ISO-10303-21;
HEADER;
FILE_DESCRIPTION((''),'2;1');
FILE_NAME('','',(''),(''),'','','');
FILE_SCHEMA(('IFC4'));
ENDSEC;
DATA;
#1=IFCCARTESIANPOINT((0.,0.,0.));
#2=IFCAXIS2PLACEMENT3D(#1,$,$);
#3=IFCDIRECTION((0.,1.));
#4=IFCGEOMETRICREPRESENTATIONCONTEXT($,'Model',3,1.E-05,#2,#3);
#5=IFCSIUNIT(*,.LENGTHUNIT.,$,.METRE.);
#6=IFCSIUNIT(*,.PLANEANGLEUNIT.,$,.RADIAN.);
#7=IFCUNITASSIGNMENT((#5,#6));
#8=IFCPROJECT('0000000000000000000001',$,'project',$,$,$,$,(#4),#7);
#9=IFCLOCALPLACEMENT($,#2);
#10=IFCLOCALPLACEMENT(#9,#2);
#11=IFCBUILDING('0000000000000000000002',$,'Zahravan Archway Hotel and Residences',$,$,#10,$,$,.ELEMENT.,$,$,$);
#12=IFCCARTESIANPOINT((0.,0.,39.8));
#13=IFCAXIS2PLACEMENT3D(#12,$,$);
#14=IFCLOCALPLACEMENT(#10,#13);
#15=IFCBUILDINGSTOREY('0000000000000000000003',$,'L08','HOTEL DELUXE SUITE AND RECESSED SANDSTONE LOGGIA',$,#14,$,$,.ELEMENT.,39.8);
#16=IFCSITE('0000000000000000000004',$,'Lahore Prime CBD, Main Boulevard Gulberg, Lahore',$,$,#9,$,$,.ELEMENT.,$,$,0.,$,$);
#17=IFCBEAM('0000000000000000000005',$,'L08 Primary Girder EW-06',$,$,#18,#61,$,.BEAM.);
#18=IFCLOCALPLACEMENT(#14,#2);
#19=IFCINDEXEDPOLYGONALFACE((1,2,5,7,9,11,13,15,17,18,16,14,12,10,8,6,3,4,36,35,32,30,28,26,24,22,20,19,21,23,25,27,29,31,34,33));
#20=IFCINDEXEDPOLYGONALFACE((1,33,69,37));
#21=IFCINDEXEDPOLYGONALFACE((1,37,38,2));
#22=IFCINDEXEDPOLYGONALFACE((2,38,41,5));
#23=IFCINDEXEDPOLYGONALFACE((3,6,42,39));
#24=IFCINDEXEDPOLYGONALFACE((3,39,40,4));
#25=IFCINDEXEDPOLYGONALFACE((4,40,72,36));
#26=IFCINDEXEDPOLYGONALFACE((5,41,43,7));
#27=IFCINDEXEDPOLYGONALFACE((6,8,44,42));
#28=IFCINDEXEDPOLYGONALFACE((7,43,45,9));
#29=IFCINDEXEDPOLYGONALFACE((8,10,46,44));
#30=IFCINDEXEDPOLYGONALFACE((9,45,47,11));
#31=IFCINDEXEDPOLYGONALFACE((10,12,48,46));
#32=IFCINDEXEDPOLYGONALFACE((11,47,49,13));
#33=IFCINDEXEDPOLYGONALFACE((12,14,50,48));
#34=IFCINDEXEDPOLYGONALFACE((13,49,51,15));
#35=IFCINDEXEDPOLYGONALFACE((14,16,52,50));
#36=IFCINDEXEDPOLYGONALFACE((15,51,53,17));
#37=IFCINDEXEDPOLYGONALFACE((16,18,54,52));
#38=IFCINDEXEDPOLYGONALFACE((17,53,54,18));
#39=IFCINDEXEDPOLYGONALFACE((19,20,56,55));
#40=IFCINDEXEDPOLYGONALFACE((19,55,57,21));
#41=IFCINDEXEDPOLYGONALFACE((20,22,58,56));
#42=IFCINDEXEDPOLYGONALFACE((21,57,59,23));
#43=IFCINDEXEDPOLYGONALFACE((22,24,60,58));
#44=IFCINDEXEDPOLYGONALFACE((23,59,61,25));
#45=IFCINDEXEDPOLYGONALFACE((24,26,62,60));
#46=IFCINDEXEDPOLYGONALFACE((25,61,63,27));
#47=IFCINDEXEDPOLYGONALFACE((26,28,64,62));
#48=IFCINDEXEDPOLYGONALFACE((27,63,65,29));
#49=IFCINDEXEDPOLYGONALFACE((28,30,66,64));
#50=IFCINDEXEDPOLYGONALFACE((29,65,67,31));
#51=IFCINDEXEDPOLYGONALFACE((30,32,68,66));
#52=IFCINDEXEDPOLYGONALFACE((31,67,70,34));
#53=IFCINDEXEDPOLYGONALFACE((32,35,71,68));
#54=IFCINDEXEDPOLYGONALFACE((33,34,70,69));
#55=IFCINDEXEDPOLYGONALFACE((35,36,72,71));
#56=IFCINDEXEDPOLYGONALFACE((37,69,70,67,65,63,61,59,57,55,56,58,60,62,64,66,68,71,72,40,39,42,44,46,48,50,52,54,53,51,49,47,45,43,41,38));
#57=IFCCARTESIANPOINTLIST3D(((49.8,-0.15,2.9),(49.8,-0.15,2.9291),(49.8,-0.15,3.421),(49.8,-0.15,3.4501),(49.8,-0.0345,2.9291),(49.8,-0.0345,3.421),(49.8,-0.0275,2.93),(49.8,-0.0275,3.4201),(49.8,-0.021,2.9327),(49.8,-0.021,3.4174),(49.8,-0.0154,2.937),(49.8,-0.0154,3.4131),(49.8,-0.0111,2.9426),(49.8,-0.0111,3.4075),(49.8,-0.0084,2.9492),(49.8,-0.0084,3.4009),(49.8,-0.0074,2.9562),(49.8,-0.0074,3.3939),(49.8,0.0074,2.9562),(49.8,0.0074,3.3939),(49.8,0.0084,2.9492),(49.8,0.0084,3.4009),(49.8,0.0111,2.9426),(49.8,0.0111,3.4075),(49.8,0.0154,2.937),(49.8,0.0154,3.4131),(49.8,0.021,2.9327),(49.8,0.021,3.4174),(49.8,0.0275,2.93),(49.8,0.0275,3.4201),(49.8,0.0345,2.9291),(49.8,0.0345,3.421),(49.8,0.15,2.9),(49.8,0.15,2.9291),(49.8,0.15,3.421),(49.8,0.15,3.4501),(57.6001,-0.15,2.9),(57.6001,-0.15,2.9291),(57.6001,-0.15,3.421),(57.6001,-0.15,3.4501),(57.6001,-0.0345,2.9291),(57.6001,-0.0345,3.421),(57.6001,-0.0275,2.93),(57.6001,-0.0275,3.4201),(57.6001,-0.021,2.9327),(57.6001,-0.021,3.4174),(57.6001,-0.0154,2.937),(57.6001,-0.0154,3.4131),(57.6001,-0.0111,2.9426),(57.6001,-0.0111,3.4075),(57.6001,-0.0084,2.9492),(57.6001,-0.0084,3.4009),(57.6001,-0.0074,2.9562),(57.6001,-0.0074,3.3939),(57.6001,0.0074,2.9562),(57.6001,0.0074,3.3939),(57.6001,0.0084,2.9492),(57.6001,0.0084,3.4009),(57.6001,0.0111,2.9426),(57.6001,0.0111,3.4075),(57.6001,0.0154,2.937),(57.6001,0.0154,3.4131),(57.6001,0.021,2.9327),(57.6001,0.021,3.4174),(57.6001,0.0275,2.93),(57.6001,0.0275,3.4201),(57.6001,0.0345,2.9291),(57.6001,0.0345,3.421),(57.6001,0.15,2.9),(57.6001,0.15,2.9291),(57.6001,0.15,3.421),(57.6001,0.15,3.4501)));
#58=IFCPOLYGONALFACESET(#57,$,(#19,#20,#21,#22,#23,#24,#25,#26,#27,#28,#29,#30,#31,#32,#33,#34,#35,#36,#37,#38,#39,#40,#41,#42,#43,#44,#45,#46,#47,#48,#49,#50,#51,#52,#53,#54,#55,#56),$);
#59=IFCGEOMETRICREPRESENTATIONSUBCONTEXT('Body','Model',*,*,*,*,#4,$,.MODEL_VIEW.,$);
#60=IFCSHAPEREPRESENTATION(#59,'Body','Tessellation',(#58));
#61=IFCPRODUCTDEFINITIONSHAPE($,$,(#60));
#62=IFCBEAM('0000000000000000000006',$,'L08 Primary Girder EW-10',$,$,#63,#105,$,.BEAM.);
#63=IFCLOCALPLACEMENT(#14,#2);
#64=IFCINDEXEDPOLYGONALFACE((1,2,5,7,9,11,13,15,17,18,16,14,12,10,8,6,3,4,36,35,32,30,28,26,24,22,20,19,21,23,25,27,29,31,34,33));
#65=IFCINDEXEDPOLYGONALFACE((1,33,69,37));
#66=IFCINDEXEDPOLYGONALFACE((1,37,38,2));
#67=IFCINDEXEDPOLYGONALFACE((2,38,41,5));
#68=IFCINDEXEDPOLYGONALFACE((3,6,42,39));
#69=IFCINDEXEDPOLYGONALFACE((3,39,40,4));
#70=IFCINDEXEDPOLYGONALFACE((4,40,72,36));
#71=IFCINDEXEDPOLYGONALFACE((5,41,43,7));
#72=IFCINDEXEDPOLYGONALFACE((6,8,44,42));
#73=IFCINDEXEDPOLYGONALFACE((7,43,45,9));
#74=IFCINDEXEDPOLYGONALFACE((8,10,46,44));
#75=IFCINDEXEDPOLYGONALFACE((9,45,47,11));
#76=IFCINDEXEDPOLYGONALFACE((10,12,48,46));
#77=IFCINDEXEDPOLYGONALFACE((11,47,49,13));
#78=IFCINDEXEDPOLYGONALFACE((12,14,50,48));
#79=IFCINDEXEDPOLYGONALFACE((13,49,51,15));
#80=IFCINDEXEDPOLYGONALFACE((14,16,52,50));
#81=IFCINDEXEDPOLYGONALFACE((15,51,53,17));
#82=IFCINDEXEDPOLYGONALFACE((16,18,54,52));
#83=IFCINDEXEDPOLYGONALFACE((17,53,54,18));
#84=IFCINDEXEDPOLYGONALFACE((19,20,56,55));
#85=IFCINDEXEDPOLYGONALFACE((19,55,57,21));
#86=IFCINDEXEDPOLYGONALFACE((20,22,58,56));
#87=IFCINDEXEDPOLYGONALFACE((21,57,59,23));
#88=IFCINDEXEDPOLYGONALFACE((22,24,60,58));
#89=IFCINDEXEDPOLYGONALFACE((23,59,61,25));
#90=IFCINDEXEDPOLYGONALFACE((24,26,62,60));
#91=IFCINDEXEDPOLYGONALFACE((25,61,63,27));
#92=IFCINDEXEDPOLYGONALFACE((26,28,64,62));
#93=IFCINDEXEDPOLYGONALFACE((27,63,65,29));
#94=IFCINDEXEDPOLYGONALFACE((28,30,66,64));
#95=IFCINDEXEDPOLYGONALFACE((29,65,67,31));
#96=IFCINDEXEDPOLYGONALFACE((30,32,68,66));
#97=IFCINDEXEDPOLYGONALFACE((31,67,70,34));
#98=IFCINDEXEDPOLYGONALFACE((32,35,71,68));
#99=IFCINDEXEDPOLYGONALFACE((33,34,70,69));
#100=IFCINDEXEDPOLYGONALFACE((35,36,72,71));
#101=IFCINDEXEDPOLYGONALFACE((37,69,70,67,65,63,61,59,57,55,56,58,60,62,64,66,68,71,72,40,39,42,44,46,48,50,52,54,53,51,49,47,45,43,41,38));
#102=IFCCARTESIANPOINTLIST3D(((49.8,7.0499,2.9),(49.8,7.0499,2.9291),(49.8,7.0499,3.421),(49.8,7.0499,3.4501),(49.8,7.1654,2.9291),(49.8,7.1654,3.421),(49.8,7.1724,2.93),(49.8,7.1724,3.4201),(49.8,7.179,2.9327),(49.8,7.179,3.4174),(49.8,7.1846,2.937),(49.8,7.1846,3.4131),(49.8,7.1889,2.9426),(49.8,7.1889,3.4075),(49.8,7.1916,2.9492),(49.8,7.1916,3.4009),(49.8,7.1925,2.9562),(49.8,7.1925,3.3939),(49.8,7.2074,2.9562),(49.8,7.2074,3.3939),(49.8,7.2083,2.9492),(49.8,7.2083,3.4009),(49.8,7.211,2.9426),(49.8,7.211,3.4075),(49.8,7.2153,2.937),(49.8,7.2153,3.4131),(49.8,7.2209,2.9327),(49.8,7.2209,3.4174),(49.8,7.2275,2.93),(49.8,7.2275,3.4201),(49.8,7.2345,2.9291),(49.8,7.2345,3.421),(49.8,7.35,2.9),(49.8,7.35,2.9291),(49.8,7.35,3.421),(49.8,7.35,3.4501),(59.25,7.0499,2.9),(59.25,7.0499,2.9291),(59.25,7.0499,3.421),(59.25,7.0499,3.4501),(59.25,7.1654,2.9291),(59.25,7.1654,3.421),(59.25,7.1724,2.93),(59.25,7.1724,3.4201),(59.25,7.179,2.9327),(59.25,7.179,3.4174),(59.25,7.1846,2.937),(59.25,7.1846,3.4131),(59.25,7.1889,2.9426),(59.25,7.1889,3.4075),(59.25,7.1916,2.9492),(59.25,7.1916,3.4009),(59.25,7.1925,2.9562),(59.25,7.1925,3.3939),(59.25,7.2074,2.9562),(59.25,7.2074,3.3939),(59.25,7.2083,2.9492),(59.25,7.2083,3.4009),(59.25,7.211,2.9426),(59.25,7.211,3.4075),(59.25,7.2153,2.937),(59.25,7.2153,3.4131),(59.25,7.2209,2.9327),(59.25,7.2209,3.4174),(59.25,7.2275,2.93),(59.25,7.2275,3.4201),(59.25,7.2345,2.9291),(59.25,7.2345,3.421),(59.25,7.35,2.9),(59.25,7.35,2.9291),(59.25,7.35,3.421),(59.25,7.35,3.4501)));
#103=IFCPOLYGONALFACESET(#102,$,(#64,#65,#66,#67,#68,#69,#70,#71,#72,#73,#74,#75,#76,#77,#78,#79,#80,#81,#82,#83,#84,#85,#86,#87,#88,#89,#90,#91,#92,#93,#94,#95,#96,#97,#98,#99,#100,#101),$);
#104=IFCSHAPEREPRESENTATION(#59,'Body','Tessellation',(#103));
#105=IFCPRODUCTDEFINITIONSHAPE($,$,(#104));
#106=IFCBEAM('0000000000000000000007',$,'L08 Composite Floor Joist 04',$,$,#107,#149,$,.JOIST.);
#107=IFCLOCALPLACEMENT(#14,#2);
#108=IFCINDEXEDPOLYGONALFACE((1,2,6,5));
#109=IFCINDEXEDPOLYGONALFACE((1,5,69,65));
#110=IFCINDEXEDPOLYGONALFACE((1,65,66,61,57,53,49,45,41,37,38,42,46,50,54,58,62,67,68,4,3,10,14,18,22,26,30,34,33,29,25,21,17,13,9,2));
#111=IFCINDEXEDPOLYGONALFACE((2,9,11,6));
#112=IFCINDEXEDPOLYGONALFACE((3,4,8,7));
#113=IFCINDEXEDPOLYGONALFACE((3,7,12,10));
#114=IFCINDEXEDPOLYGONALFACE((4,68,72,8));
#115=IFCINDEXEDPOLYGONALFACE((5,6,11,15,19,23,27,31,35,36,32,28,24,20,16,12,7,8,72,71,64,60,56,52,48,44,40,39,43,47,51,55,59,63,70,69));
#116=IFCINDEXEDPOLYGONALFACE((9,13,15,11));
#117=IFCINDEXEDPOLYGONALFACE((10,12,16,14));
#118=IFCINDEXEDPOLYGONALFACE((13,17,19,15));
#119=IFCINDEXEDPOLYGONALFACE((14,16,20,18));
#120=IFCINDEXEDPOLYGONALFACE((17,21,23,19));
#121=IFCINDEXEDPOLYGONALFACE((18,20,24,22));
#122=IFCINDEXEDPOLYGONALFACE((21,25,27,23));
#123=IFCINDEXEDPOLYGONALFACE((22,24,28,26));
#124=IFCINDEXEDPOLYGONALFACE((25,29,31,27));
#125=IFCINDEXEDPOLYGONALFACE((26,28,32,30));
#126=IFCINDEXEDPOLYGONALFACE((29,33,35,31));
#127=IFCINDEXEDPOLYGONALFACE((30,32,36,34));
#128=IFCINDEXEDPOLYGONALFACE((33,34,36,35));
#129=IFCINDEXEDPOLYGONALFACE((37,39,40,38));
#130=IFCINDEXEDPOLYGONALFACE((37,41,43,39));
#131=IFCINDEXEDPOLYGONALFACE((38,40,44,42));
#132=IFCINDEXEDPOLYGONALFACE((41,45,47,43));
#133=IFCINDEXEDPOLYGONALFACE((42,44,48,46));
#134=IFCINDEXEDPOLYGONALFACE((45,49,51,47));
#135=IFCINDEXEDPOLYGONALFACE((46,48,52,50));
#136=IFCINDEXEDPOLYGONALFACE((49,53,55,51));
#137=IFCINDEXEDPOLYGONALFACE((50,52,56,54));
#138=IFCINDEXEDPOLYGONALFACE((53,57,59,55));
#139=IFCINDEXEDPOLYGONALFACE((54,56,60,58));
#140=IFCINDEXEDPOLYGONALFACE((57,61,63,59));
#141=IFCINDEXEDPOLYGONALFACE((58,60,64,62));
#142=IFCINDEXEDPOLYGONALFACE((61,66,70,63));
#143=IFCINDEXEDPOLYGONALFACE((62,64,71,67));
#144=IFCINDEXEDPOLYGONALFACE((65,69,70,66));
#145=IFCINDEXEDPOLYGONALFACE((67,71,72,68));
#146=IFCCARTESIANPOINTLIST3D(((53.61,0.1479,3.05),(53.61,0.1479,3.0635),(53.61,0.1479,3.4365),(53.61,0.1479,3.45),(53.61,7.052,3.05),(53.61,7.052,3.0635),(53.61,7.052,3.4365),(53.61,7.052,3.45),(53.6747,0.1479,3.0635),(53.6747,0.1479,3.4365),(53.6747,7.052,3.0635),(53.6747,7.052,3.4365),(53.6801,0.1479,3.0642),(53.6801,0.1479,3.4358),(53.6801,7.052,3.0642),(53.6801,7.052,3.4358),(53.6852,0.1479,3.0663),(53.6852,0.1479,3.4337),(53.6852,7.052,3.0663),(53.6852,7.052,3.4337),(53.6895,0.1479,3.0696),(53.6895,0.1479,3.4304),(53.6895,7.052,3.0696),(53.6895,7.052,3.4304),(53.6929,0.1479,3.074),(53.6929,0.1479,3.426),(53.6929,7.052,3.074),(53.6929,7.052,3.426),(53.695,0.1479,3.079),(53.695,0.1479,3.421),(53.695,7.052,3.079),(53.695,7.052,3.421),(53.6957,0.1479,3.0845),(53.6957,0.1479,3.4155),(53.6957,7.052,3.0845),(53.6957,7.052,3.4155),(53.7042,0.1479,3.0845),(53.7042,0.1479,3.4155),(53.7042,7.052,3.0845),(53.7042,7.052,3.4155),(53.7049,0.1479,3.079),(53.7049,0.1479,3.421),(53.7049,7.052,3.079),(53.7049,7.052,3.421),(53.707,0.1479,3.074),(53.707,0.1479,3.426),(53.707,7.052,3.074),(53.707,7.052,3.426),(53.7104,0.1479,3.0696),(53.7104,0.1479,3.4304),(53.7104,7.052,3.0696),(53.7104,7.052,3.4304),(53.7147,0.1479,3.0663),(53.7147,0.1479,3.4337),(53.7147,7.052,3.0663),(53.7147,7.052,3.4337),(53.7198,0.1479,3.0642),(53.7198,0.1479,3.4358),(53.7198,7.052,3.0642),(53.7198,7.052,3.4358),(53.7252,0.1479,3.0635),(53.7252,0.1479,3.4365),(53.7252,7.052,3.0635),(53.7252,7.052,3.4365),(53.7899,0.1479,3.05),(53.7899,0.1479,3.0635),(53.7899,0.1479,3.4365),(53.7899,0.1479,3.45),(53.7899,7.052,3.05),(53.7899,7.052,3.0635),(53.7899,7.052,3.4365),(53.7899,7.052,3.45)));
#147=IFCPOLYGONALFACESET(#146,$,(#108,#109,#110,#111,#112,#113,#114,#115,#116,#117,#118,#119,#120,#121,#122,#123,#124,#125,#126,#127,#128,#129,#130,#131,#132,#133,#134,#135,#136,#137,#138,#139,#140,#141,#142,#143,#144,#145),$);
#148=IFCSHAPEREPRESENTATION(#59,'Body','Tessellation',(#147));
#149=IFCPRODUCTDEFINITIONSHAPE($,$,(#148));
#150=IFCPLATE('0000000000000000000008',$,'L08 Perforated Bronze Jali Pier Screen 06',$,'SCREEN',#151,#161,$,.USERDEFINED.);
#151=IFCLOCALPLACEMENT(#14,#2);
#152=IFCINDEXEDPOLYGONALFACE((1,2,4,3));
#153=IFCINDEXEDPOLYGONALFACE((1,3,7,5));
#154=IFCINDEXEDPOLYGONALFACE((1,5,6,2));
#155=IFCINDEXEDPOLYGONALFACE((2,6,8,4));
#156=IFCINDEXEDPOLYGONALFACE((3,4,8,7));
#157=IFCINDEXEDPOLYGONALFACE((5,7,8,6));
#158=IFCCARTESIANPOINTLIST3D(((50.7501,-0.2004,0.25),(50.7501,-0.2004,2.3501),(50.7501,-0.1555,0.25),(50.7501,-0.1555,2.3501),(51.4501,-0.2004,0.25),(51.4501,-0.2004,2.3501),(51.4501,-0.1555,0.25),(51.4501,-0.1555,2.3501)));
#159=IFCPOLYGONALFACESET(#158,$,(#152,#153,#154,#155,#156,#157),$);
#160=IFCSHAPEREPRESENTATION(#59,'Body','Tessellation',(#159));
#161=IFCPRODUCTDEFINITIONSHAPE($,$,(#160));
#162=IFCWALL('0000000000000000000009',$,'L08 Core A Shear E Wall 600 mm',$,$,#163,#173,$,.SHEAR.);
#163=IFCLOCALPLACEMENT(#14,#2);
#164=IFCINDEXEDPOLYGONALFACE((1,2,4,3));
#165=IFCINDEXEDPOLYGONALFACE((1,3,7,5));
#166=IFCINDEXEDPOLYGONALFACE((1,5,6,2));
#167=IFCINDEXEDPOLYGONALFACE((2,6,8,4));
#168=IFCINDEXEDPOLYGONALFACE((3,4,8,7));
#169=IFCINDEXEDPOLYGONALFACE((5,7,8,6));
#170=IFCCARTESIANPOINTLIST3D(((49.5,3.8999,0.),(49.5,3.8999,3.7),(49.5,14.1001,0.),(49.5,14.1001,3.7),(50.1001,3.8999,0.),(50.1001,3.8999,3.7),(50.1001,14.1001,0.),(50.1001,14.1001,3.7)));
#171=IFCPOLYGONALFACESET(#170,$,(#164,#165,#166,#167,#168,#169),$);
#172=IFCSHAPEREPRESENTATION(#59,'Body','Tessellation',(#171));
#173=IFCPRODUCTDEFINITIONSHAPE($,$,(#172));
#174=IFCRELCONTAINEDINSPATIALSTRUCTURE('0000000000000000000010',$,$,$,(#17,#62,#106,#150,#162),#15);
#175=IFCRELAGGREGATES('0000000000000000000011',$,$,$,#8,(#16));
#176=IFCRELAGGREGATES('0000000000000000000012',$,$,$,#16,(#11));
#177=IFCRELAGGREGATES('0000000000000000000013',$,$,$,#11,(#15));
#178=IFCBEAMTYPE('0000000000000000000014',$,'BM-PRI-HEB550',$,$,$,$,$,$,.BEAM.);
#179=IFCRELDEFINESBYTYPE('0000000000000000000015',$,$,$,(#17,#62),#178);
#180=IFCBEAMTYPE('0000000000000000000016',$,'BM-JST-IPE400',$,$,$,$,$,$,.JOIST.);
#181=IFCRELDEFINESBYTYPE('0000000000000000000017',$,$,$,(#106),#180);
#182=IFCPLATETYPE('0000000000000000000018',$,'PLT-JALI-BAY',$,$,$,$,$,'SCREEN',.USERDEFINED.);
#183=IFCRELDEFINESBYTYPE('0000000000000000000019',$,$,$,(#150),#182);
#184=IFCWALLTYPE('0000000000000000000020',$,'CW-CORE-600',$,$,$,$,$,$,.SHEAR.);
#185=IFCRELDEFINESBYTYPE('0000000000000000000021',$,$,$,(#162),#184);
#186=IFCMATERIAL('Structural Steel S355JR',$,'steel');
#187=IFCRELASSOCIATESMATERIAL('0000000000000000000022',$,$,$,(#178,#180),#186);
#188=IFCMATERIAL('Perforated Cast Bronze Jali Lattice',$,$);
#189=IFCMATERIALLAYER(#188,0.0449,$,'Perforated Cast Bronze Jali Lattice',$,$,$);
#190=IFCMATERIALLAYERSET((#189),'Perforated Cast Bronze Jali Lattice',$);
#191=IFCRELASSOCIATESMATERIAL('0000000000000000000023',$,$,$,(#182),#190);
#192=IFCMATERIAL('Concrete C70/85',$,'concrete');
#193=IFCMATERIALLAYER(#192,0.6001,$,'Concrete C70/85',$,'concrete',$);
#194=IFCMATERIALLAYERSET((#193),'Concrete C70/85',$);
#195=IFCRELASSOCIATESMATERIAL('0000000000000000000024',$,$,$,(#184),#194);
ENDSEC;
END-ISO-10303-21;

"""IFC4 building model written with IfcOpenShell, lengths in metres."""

from ifc_helpers import new_model, si_unit, direction, frame, frame_2d, origin, origin_2d, place, context, subcontext, project, spatial, rectangle, i_section, extrude, source, transform, mapped, material, layer, layer_set, material_profile, profile_set, type_object, type_shapes, element, save


model = new_model("IFC4")

# Units and contexts
model_context = context("Model", 3, precision=1e-05, world=origin(), true_north=direction((0.0, 1.0)))
body_context = subcontext(model_context, "Body", "Model", "MODEL_VIEW")
ifc_project = project(units=[si_unit("LENGTHUNIT", "METRE"), si_unit("PLANEANGLEUNIT", "RADIAN")], contexts=[model_context])

# Site, building, storey
site_placement = place(None, origin())
site = spatial("IfcSite", under=ifc_project, at=site_placement, Name="Lahore Prime CBD, Main Boulevard Gulberg, Lahore", CompositionType="ELEMENT", RefElevation=0.0)
building_placement = place(site_placement, origin())
building = spatial("IfcBuilding", under=site, at=building_placement, Name="Zahravan Archway Hotel and Residences", CompositionType="ELEMENT")
storey_placement = place(building_placement, frame((0.0, 0.0, 39.8)))
storey = spatial("IfcBuildingStorey", under=building, at=storey_placement, Name="L08", Description="HOTEL DELUXE SUITE AND RECESSED SANDSTONE LOGGIA", CompositionType="ELEMENT", Elevation=39.8)

# Shared definitions
ifc_material_1 = material(Name="Concrete C70/85", Category="concrete")

# Beams
ifc_material_2 = material(Name="Structural Steel S355JR", Category="steel")
ifc_material_profile_1 = material_profile(ifc_material_2, i_section(OverallWidth=0.3, OverallDepth=0.55, WebThickness=0.0149, FlangeThickness=0.0291, FilletRadius=0.0271, at=origin_2d()), Name="HEB 550", Category="steel")
ifc_profile_set_1 = profile_set([ifc_material_profile_1], Name="Structural Steel S355JR")
beam_type_1 = type_object("IfcBeamType", Name="BM-PRI-HEB550", PredefinedType="BEAM", material=ifc_profile_set_1)
shared_shape_1 = source(origin(), body_context, "Body", "SweptSolid", [
    extrude(i_section(OverallWidth=0.3, OverallDepth=0.55, WebThickness=0.0149, FlangeThickness=0.0291, FilletRadius=0.0271, at=origin_2d()), origin(), (0.0, 0.0, 1.0), 7.8),
])
beam_1_placement = place(storey_placement, frame((49.8, 0.0, 3.175), z_axis=(1.0, 0.0, 0.0), x_axis=(0.0, 1.0, 0.0)))
element("IfcBeam", 1, at=beam_1_placement, inside=storey, type_object=beam_type_1, Name="L08 Primary Girder EW-06", PredefinedType="BEAM", context=body_context, shape_type="MappedRepresentation", body=[
    mapped(shared_shape_1, transform((0.0, 0.0, 0.0), scale=1.0)),
])
shared_shape_2 = source(origin(), body_context, "Body", "SweptSolid", [
    extrude(i_section(OverallWidth=0.3, OverallDepth=0.55, WebThickness=0.0149, FlangeThickness=0.0291, FilletRadius=0.0271, at=origin_2d()), origin(), (0.0, 0.0, 1.0), 9.45),
])
beam_2_placement = place(storey_placement, frame((49.8, 7.2, 3.175), z_axis=(1.0, 0.0, 0.0), x_axis=(0.0, 1.0, 0.0)))
element("IfcBeam", 2, at=beam_2_placement, inside=storey, type_object=beam_type_1, Name="L08 Primary Girder EW-10", PredefinedType="BEAM", context=body_context, shape_type="MappedRepresentation", body=[
    mapped(shared_shape_2, transform((0.0, 0.0, 0.0), scale=1.0)),
])
ifc_material_profile_2 = material_profile(ifc_material_2, i_section(OverallWidth=0.1799, OverallDepth=0.3999, WebThickness=0.0085, FlangeThickness=0.0134, FilletRadius=0.021, at=origin_2d()), Name="IPE 400", Category="steel")
ifc_profile_set_2 = profile_set([ifc_material_profile_2], Name="Structural Steel S355JR")
beam_type_2 = type_object("IfcBeamType", Name="BM-JST-IPE400", PredefinedType="JOIST", material=ifc_profile_set_2)
shared_shape_3 = source(origin(), body_context, "Body", "SweptSolid", [
    extrude(i_section(OverallWidth=0.1799, OverallDepth=0.3999, WebThickness=0.0085, FlangeThickness=0.0134, FilletRadius=0.021, at=origin_2d()), origin(), (0.0, 0.0, 1.0), 6.9041),
])
type_shapes(beam_type_2, [shared_shape_3])
beam_3_placement = place(storey_placement, frame((53.7, 0.1479, 3.25), z_axis=(0.0, 1.0, 0.0), x_axis=(-1.0, 0.0, 0.0)))
element("IfcBeam", 3, at=beam_3_placement, inside=storey, type_object=beam_type_2, Name="L08 Composite Floor Joist 04", PredefinedType="JOIST", context=body_context, shape_type="MappedRepresentation", body=[
    mapped(shared_shape_3, transform((0.0, 0.0, 0.0), scale=1.0)),
])

# Plate
ifc_material_3 = material(Name="Perforated Cast Bronze Jali Lattice")
ifc_layer_1 = layer(ifc_material_3, 0.0449, Name="Perforated Cast Bronze Jali Lattice")
ifc_layer_set_1 = layer_set([ifc_layer_1], Name="Perforated Cast Bronze Jali Lattice")
plate_type = type_object("IfcPlateType", Name="PLT-JALI-BAY", ElementType="SCREEN", PredefinedType="USERDEFINED", material=ifc_layer_set_1)
shared_shape_4 = source(origin(), body_context, "Body", "SweptSolid", [
    extrude(rectangle(XDim=0.7, YDim=0.0449, at=origin_2d()), origin(), (0.0, 0.0, 1.0), 2.1001),
])
type_shapes(plate_type, [shared_shape_4])
plate_placement = place(storey_placement, frame((51.1001, -0.178, 0.25), z_axis=(0.0, 0.0, 1.0), x_axis=(1.0, 0.0, 0.0)))
element("IfcPlate", 4, at=plate_placement, inside=storey, type_object=plate_type, Name="L08 Perforated Bronze Jali Pier Screen 06", ObjectType="SCREEN", PredefinedType="USERDEFINED", context=body_context, shape_type="MappedRepresentation", body=[
    mapped(shared_shape_4, transform((0.0, 0.0, 0.0), scale=1.0)),
])

# Wall
ifc_layer_2 = layer(ifc_material_1, 0.6001, Name="Concrete C70/85", Category="concrete")
ifc_layer_set_2 = layer_set([ifc_layer_2], Name="Concrete C70/85")
wall_type_1 = type_object("IfcWallType", Name="CW-CORE-600", PredefinedType="SHEAR", material=ifc_layer_set_2)
wall_1_placement = place(storey_placement, frame((49.8, 3.8999, 0.0), z_axis=(0.0, 0.0, 1.0), x_axis=(0.0, 1.0, 0.0)))
element("IfcWall", 5, at=wall_1_placement, inside=storey, type_object=wall_type_1, Name="L08 Core A Shear E Wall 600 mm", PredefinedType="SHEAR", context=body_context, shape_type="SweptSolid", body=[
    extrude(rectangle(XDim=10.2002, YDim=0.6001, at=frame_2d((5.1001, 0.0))), origin(), (0.0, 0.0, 1.0), 3.7),
])

save(model, "model.ifc")
